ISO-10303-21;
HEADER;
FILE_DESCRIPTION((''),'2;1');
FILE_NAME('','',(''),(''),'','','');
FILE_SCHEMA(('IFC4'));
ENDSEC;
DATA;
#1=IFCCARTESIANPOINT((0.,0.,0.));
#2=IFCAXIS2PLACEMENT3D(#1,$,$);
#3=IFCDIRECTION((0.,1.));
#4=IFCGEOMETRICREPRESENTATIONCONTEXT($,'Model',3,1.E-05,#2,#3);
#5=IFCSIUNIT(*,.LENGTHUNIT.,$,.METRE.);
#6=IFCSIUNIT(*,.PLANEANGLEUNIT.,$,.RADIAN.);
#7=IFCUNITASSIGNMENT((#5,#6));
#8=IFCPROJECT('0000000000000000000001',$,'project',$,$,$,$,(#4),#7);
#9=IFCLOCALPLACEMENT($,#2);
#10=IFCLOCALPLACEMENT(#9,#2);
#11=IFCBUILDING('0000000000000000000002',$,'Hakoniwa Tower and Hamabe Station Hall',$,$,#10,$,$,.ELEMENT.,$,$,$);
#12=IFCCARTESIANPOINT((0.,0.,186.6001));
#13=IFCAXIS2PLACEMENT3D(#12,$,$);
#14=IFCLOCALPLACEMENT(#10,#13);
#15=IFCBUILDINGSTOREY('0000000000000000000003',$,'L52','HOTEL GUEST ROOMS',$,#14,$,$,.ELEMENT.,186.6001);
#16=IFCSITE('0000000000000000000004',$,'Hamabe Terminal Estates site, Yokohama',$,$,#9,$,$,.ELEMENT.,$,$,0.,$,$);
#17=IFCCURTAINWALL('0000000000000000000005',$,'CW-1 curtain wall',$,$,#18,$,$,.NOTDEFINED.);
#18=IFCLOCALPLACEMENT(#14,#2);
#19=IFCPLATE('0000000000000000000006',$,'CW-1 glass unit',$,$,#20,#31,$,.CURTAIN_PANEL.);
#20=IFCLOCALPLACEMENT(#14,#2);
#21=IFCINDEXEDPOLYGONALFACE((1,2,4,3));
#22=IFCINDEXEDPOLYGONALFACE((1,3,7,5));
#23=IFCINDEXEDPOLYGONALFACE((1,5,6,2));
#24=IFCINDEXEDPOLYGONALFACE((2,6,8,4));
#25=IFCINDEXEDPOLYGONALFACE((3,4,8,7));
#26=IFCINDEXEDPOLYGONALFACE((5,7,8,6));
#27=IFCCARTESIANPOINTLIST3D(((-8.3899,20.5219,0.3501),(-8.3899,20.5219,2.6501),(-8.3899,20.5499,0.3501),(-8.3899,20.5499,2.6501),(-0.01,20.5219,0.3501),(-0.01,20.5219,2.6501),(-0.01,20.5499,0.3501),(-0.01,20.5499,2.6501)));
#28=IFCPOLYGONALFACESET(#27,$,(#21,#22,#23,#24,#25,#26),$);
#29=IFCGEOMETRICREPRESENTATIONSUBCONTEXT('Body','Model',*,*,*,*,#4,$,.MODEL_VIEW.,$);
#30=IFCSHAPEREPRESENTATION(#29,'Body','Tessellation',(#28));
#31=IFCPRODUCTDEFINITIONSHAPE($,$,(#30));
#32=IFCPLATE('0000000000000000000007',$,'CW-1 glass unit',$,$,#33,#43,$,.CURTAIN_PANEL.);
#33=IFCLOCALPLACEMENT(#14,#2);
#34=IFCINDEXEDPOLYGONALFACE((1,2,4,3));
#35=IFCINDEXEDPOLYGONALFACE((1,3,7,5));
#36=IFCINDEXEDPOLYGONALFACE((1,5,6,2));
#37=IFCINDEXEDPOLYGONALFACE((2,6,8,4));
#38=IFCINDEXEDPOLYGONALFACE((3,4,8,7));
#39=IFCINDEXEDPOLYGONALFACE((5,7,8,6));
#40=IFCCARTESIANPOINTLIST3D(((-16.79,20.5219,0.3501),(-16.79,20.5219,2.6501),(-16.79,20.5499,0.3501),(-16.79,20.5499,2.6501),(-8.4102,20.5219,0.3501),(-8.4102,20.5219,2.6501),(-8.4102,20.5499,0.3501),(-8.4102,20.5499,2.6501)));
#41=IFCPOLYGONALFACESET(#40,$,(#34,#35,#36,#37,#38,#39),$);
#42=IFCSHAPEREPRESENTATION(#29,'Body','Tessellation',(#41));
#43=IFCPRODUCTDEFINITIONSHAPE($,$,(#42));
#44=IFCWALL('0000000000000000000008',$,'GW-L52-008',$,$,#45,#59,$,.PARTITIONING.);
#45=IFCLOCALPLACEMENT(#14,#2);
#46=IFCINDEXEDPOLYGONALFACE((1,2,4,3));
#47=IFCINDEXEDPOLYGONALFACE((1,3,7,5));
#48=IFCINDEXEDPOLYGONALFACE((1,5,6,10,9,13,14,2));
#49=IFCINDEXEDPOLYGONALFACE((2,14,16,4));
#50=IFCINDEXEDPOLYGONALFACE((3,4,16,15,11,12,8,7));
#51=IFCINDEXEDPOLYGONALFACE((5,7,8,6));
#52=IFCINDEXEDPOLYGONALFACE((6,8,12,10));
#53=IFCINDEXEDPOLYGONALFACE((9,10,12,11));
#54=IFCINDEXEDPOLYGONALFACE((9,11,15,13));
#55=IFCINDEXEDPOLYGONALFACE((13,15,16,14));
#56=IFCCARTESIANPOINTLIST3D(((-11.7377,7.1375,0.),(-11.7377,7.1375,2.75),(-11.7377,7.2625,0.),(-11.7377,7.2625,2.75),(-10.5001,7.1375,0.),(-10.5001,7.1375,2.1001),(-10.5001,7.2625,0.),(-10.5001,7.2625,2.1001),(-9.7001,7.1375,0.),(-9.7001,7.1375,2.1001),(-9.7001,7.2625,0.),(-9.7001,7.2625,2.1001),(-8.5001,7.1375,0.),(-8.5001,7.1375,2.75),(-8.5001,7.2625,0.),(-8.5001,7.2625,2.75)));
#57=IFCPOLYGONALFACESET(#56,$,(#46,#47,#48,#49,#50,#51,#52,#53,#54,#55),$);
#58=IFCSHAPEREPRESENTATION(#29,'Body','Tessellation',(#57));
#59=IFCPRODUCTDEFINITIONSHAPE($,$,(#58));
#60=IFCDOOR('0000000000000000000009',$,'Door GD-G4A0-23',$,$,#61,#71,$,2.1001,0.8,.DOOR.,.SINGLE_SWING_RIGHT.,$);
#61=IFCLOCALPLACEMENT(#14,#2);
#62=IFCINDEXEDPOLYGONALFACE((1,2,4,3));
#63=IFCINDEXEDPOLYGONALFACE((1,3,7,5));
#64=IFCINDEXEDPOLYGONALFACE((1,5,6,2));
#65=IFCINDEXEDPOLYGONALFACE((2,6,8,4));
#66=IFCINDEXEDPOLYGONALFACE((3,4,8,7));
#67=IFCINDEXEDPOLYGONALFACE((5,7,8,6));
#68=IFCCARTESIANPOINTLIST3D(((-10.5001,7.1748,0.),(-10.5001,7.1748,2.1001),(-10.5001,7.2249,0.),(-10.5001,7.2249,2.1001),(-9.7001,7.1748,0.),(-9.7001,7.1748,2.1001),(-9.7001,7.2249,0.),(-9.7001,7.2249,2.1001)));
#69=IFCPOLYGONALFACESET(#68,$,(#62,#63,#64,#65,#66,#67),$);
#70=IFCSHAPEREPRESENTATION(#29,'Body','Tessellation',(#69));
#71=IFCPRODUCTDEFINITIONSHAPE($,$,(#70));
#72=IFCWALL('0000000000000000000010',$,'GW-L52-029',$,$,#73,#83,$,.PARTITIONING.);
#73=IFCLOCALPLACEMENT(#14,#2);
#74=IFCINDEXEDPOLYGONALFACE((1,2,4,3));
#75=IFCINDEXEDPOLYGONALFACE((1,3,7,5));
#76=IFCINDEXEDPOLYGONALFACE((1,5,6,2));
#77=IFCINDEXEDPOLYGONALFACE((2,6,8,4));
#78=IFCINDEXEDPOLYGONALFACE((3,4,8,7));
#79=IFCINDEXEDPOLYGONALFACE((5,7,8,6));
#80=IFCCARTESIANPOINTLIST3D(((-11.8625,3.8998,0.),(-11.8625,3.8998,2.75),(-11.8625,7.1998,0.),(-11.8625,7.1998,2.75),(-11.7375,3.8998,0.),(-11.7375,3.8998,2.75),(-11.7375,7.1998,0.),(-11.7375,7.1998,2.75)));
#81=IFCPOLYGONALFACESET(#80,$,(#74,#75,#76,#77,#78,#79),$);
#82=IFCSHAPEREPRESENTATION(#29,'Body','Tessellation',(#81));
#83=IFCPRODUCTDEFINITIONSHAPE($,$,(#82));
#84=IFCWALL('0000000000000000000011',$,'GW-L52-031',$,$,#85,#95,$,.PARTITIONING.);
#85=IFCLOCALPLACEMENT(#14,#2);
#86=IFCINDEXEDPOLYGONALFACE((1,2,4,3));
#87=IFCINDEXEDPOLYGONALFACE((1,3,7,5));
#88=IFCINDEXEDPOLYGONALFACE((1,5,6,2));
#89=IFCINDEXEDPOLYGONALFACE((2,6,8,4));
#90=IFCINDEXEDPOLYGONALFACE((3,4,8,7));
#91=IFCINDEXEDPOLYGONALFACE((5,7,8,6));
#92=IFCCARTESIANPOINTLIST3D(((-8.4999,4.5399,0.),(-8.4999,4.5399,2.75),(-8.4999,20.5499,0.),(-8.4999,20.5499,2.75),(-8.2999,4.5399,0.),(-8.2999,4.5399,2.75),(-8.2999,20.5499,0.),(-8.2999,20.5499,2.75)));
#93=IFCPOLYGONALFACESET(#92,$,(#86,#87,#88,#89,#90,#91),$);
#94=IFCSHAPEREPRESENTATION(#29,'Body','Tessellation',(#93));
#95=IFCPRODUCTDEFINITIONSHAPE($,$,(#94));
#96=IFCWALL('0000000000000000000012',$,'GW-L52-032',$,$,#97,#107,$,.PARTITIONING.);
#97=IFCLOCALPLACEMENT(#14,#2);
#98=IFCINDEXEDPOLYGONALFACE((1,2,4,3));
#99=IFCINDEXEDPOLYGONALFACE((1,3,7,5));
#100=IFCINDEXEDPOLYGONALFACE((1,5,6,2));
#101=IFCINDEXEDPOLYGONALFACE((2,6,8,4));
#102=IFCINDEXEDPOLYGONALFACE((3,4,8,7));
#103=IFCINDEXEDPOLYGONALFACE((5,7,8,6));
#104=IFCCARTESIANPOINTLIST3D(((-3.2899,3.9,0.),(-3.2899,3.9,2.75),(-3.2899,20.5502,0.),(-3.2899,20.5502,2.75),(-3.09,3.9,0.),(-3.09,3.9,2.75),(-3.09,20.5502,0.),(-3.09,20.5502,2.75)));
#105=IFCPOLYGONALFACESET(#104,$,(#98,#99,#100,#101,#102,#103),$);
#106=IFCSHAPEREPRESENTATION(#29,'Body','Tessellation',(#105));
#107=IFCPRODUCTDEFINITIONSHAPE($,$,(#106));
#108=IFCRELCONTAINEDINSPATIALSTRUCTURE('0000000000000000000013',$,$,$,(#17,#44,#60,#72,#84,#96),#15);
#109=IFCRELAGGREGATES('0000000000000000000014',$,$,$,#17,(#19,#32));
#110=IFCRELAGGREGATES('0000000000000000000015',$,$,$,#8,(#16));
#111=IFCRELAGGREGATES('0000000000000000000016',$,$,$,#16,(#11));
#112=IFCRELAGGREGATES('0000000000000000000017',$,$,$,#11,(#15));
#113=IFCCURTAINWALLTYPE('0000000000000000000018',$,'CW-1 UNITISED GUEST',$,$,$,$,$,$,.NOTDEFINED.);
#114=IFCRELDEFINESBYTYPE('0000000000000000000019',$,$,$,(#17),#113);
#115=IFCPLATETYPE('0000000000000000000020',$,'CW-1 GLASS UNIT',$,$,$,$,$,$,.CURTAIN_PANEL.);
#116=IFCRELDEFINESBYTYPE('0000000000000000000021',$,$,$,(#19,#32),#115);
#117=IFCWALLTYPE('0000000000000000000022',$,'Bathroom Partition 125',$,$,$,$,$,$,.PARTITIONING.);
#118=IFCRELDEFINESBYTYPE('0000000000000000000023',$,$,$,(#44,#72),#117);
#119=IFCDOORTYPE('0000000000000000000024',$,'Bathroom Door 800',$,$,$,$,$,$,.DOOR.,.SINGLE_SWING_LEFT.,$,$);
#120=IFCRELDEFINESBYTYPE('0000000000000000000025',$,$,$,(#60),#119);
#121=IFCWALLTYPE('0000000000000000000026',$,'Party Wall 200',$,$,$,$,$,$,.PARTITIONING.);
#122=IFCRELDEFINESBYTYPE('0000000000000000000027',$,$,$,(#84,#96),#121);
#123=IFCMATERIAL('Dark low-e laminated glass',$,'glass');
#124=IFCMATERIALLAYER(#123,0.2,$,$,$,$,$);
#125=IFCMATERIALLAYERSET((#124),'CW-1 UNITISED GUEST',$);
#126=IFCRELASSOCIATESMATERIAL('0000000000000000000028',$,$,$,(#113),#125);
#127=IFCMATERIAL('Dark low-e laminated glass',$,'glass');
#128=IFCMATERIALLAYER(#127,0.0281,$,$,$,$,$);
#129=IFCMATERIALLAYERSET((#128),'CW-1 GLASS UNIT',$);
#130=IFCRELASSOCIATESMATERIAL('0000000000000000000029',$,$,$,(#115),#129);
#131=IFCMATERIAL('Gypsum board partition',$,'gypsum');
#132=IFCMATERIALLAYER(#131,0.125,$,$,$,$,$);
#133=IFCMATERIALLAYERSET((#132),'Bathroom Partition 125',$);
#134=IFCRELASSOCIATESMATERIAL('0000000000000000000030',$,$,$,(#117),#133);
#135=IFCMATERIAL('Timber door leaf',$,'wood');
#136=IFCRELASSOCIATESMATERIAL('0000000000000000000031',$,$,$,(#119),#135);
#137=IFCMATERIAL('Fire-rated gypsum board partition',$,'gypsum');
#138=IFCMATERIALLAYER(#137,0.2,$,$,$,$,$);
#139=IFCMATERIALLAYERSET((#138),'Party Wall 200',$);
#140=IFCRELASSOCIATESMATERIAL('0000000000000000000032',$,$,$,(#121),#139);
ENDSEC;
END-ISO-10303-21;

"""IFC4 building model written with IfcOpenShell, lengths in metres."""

from ifc_helpers import new_model, si_unit, direction, frame, frame_2d, origin, origin_2d, place, context, subcontext, project, spatial, rectangle, extrude, material, layer, layer_set, type_object, element, fill, aggregate, save


model = new_model("IFC4")

# Units and contexts
model_context = context("Model", 3, precision=1e-05, world=origin(), true_north=direction((0.0, 1.0)))
body_context = subcontext(model_context, "Body", "Model", "MODEL_VIEW")
ifc_project = project(units=[si_unit("LENGTHUNIT", "METRE"), si_unit("PLANEANGLEUNIT", "RADIAN")], contexts=[model_context])

# Site, building, storey
site_placement = place(None, origin())
site = spatial("IfcSite", under=ifc_project, at=site_placement, Name="Hamabe Terminal Estates site, Yokohama", CompositionType="ELEMENT", RefElevation=0.0)
building_placement = place(site_placement, origin())
building = spatial("IfcBuilding", under=site, at=building_placement, Name="Hakoniwa Tower and Hamabe Station Hall", CompositionType="ELEMENT")
storey_placement = place(building_placement, frame((0.0, 0.0, 186.6001)))
storey = spatial("IfcBuildingStorey", under=building, at=storey_placement, Name="L52", Description="HOTEL GUEST ROOMS", CompositionType="ELEMENT", Elevation=186.6001)

# Curtain wall, plates
ifc_material_1 = material(Name="Dark low-e laminated glass", Category="glass")
ifc_layer_1 = layer(ifc_material_1, 0.2)
ifc_layer_set_1 = layer_set([ifc_layer_1], Name="CW-1 UNITISED GUEST")
curtain_wall_type = type_object("IfcCurtainWallType", Name="CW-1 UNITISED GUEST", PredefinedType="NOTDEFINED", material=ifc_layer_set_1)
curtain_wall_placement = place(storey_placement, origin())
curtain_wall = element("IfcCurtainWall", 1, at=curtain_wall_placement, inside=storey, type_object=curtain_wall_type, Name="CW-1 curtain wall", PredefinedType="NOTDEFINED")
ifc_material_2 = material(Name="Dark low-e laminated glass", Category="glass")
ifc_layer_2 = layer(ifc_material_2, 0.0281)
ifc_layer_set_2 = layer_set([ifc_layer_2], Name="CW-1 GLASS UNIT")
plate_type = type_object("IfcPlateType", Name="CW-1 GLASS UNIT", PredefinedType="CURTAIN_PANEL", material=ifc_layer_set_2)
plate_1_placement = place(storey_placement, frame((-4.2, 20.5359, 0.3501), z_axis=(0.0, 0.0, 1.0), x_axis=(-1.0, 0.0, 0.0)))
plate_1 = element("IfcPlate", 2, at=plate_1_placement, type_object=plate_type, Name="CW-1 glass unit", PredefinedType="CURTAIN_PANEL", context=body_context, shape_type="SweptSolid", body=[
    extrude(rectangle(XDim=8.3799, YDim=0.0281, at=origin_2d()), origin(), (0.0, 0.0, 1.0), 2.3),
])
plate_2_placement = place(storey_placement, frame((-12.6001, 20.5359, 0.3501), z_axis=(0.0, 0.0, 1.0), x_axis=(-1.0, 0.0, 0.0)))
plate_2 = element("IfcPlate", 3, at=plate_2_placement, type_object=plate_type, Name="CW-1 glass unit", PredefinedType="CURTAIN_PANEL", context=body_context, shape_type="SweptSolid", body=[
    extrude(rectangle(XDim=8.3799, YDim=0.0281, at=origin_2d()), origin(), (0.0, 0.0, 1.0), 2.3),
])
aggregate(curtain_wall, [plate_1, plate_2])

# Wall, opening, door
ifc_material_3 = material(Name="Gypsum board partition", Category="gypsum")
ifc_layer_3 = layer(ifc_material_3, 0.125)
ifc_layer_set_3 = layer_set([ifc_layer_3], Name="Bathroom Partition 125")
wall_type_1 = type_object("IfcWallType", Name="Bathroom Partition 125", PredefinedType="PARTITIONING", material=ifc_layer_set_3)
wall_1_placement = place(storey_placement, frame((-11.7375, 7.2, 0.0), z_axis=(0.0, 0.0, 1.0), x_axis=(1.0, 0.0, 0.0)))
wall_1 = element("IfcWall", 4, at=wall_1_placement, inside=storey, type_object=wall_type_1, Name="GW-L52-008", PredefinedType="PARTITIONING", context=body_context, shape_type="SweptSolid", body=[
    extrude(rectangle(XDim=3.2375, YDim=0.125, at=frame_2d((1.6187, 0.0))), origin(), (0.0, 0.0, 1.0), 2.75),
])
opening_placement = place(wall_1_placement, frame((1.2375, 0.0, 0.0)))
opening = element("IfcOpeningElement", 5, at=opening_placement, cuts=wall_1, PredefinedType="OPENING", context=body_context, shape_type="SweptSolid", body=[
    extrude(rectangle(XDim=0.8, YDim=2.1001, at=frame_2d((0.3999, 1.05))), frame((0.0, 0.0725, 0.0), z_axis=(0.0, -1.0, 0.0), x_axis=(1.0, 0.0, 0.0)), (0.0, 0.0, 1.0), 0.145),
])
ifc_material_4 = material(Name="Timber door leaf", Category="wood")
door_type = type_object("IfcDoorType", Name="Bathroom Door 800", OperationType="SINGLE_SWING_LEFT", PredefinedType="DOOR", material=ifc_material_4)
door_placement = place(opening_placement, origin())
door = element("IfcDoor", 6, at=door_placement, inside=storey, type_object=door_type, Name="Door GD-G4A0-23", OperationType="SINGLE_SWING_RIGHT", OverallHeight=2.1001, OverallWidth=0.8, PredefinedType="DOOR", context=body_context, shape_type="SweptSolid", body=[
    extrude(rectangle(XDim=0.8, YDim=2.1001, at=frame_2d((0.3999, 1.05))), frame((0.0, 0.0249, 0.0), z_axis=(0.0, -1.0, 0.0), x_axis=(1.0, 0.0, 0.0)), (0.0, 0.0, 1.0), 0.05),
])
fill(opening, door)

# Walls
wall_2_placement = place(storey_placement, frame((-11.8, 3.8999, 0.0), z_axis=(0.0, 0.0, 1.0), x_axis=(0.0, 1.0, 0.0)))
element("IfcWall", 7, at=wall_2_placement, inside=storey, type_object=wall_type_1, Name="GW-L52-029", PredefinedType="PARTITIONING", context=body_context, shape_type="SweptSolid", body=[
    extrude(rectangle(XDim=3.3, YDim=0.125, at=frame_2d((1.6499, 0.0))), origin(), (0.0, 0.0, 1.0), 2.75),
])
ifc_material_5 = material(Name="Fire-rated gypsum board partition", Category="gypsum")
ifc_layer_4 = layer(ifc_material_5, 0.2)
ifc_layer_set_4 = layer_set([ifc_layer_4], Name="Party Wall 200")
wall_type_2 = type_object("IfcWallType", Name="Party Wall 200", PredefinedType="PARTITIONING", material=ifc_layer_set_4)
wall_3_placement = place(storey_placement, frame((-8.3999, 4.54, 0.0), z_axis=(0.0, 0.0, 1.0), x_axis=(0.0, 1.0, 0.0)))
element("IfcWall", 8, at=wall_3_placement, inside=storey, type_object=wall_type_2, Name="GW-L52-031", PredefinedType="PARTITIONING", context=body_context, shape_type="SweptSolid", body=[
    extrude(rectangle(XDim=16.01, YDim=0.2, at=frame_2d((8.0049, 0.0))), origin(), (0.0, 0.0, 1.0), 2.75),
])
wall_4_placement = place(storey_placement, frame((-3.1899, 3.8999, 0.0), z_axis=(0.0, 0.0, 1.0), x_axis=(0.0, 1.0, 0.0)))
element("IfcWall", 9, at=wall_4_placement, inside=storey, type_object=wall_type_2, Name="GW-L52-032", PredefinedType="PARTITIONING", context=body_context, shape_type="SweptSolid", body=[
    extrude(rectangle(XDim=16.6501, YDim=0.2, at=frame_2d((8.3252, 0.0))), origin(), (0.0, 0.0, 1.0), 2.75),
])

save(model, "model.ifc")
